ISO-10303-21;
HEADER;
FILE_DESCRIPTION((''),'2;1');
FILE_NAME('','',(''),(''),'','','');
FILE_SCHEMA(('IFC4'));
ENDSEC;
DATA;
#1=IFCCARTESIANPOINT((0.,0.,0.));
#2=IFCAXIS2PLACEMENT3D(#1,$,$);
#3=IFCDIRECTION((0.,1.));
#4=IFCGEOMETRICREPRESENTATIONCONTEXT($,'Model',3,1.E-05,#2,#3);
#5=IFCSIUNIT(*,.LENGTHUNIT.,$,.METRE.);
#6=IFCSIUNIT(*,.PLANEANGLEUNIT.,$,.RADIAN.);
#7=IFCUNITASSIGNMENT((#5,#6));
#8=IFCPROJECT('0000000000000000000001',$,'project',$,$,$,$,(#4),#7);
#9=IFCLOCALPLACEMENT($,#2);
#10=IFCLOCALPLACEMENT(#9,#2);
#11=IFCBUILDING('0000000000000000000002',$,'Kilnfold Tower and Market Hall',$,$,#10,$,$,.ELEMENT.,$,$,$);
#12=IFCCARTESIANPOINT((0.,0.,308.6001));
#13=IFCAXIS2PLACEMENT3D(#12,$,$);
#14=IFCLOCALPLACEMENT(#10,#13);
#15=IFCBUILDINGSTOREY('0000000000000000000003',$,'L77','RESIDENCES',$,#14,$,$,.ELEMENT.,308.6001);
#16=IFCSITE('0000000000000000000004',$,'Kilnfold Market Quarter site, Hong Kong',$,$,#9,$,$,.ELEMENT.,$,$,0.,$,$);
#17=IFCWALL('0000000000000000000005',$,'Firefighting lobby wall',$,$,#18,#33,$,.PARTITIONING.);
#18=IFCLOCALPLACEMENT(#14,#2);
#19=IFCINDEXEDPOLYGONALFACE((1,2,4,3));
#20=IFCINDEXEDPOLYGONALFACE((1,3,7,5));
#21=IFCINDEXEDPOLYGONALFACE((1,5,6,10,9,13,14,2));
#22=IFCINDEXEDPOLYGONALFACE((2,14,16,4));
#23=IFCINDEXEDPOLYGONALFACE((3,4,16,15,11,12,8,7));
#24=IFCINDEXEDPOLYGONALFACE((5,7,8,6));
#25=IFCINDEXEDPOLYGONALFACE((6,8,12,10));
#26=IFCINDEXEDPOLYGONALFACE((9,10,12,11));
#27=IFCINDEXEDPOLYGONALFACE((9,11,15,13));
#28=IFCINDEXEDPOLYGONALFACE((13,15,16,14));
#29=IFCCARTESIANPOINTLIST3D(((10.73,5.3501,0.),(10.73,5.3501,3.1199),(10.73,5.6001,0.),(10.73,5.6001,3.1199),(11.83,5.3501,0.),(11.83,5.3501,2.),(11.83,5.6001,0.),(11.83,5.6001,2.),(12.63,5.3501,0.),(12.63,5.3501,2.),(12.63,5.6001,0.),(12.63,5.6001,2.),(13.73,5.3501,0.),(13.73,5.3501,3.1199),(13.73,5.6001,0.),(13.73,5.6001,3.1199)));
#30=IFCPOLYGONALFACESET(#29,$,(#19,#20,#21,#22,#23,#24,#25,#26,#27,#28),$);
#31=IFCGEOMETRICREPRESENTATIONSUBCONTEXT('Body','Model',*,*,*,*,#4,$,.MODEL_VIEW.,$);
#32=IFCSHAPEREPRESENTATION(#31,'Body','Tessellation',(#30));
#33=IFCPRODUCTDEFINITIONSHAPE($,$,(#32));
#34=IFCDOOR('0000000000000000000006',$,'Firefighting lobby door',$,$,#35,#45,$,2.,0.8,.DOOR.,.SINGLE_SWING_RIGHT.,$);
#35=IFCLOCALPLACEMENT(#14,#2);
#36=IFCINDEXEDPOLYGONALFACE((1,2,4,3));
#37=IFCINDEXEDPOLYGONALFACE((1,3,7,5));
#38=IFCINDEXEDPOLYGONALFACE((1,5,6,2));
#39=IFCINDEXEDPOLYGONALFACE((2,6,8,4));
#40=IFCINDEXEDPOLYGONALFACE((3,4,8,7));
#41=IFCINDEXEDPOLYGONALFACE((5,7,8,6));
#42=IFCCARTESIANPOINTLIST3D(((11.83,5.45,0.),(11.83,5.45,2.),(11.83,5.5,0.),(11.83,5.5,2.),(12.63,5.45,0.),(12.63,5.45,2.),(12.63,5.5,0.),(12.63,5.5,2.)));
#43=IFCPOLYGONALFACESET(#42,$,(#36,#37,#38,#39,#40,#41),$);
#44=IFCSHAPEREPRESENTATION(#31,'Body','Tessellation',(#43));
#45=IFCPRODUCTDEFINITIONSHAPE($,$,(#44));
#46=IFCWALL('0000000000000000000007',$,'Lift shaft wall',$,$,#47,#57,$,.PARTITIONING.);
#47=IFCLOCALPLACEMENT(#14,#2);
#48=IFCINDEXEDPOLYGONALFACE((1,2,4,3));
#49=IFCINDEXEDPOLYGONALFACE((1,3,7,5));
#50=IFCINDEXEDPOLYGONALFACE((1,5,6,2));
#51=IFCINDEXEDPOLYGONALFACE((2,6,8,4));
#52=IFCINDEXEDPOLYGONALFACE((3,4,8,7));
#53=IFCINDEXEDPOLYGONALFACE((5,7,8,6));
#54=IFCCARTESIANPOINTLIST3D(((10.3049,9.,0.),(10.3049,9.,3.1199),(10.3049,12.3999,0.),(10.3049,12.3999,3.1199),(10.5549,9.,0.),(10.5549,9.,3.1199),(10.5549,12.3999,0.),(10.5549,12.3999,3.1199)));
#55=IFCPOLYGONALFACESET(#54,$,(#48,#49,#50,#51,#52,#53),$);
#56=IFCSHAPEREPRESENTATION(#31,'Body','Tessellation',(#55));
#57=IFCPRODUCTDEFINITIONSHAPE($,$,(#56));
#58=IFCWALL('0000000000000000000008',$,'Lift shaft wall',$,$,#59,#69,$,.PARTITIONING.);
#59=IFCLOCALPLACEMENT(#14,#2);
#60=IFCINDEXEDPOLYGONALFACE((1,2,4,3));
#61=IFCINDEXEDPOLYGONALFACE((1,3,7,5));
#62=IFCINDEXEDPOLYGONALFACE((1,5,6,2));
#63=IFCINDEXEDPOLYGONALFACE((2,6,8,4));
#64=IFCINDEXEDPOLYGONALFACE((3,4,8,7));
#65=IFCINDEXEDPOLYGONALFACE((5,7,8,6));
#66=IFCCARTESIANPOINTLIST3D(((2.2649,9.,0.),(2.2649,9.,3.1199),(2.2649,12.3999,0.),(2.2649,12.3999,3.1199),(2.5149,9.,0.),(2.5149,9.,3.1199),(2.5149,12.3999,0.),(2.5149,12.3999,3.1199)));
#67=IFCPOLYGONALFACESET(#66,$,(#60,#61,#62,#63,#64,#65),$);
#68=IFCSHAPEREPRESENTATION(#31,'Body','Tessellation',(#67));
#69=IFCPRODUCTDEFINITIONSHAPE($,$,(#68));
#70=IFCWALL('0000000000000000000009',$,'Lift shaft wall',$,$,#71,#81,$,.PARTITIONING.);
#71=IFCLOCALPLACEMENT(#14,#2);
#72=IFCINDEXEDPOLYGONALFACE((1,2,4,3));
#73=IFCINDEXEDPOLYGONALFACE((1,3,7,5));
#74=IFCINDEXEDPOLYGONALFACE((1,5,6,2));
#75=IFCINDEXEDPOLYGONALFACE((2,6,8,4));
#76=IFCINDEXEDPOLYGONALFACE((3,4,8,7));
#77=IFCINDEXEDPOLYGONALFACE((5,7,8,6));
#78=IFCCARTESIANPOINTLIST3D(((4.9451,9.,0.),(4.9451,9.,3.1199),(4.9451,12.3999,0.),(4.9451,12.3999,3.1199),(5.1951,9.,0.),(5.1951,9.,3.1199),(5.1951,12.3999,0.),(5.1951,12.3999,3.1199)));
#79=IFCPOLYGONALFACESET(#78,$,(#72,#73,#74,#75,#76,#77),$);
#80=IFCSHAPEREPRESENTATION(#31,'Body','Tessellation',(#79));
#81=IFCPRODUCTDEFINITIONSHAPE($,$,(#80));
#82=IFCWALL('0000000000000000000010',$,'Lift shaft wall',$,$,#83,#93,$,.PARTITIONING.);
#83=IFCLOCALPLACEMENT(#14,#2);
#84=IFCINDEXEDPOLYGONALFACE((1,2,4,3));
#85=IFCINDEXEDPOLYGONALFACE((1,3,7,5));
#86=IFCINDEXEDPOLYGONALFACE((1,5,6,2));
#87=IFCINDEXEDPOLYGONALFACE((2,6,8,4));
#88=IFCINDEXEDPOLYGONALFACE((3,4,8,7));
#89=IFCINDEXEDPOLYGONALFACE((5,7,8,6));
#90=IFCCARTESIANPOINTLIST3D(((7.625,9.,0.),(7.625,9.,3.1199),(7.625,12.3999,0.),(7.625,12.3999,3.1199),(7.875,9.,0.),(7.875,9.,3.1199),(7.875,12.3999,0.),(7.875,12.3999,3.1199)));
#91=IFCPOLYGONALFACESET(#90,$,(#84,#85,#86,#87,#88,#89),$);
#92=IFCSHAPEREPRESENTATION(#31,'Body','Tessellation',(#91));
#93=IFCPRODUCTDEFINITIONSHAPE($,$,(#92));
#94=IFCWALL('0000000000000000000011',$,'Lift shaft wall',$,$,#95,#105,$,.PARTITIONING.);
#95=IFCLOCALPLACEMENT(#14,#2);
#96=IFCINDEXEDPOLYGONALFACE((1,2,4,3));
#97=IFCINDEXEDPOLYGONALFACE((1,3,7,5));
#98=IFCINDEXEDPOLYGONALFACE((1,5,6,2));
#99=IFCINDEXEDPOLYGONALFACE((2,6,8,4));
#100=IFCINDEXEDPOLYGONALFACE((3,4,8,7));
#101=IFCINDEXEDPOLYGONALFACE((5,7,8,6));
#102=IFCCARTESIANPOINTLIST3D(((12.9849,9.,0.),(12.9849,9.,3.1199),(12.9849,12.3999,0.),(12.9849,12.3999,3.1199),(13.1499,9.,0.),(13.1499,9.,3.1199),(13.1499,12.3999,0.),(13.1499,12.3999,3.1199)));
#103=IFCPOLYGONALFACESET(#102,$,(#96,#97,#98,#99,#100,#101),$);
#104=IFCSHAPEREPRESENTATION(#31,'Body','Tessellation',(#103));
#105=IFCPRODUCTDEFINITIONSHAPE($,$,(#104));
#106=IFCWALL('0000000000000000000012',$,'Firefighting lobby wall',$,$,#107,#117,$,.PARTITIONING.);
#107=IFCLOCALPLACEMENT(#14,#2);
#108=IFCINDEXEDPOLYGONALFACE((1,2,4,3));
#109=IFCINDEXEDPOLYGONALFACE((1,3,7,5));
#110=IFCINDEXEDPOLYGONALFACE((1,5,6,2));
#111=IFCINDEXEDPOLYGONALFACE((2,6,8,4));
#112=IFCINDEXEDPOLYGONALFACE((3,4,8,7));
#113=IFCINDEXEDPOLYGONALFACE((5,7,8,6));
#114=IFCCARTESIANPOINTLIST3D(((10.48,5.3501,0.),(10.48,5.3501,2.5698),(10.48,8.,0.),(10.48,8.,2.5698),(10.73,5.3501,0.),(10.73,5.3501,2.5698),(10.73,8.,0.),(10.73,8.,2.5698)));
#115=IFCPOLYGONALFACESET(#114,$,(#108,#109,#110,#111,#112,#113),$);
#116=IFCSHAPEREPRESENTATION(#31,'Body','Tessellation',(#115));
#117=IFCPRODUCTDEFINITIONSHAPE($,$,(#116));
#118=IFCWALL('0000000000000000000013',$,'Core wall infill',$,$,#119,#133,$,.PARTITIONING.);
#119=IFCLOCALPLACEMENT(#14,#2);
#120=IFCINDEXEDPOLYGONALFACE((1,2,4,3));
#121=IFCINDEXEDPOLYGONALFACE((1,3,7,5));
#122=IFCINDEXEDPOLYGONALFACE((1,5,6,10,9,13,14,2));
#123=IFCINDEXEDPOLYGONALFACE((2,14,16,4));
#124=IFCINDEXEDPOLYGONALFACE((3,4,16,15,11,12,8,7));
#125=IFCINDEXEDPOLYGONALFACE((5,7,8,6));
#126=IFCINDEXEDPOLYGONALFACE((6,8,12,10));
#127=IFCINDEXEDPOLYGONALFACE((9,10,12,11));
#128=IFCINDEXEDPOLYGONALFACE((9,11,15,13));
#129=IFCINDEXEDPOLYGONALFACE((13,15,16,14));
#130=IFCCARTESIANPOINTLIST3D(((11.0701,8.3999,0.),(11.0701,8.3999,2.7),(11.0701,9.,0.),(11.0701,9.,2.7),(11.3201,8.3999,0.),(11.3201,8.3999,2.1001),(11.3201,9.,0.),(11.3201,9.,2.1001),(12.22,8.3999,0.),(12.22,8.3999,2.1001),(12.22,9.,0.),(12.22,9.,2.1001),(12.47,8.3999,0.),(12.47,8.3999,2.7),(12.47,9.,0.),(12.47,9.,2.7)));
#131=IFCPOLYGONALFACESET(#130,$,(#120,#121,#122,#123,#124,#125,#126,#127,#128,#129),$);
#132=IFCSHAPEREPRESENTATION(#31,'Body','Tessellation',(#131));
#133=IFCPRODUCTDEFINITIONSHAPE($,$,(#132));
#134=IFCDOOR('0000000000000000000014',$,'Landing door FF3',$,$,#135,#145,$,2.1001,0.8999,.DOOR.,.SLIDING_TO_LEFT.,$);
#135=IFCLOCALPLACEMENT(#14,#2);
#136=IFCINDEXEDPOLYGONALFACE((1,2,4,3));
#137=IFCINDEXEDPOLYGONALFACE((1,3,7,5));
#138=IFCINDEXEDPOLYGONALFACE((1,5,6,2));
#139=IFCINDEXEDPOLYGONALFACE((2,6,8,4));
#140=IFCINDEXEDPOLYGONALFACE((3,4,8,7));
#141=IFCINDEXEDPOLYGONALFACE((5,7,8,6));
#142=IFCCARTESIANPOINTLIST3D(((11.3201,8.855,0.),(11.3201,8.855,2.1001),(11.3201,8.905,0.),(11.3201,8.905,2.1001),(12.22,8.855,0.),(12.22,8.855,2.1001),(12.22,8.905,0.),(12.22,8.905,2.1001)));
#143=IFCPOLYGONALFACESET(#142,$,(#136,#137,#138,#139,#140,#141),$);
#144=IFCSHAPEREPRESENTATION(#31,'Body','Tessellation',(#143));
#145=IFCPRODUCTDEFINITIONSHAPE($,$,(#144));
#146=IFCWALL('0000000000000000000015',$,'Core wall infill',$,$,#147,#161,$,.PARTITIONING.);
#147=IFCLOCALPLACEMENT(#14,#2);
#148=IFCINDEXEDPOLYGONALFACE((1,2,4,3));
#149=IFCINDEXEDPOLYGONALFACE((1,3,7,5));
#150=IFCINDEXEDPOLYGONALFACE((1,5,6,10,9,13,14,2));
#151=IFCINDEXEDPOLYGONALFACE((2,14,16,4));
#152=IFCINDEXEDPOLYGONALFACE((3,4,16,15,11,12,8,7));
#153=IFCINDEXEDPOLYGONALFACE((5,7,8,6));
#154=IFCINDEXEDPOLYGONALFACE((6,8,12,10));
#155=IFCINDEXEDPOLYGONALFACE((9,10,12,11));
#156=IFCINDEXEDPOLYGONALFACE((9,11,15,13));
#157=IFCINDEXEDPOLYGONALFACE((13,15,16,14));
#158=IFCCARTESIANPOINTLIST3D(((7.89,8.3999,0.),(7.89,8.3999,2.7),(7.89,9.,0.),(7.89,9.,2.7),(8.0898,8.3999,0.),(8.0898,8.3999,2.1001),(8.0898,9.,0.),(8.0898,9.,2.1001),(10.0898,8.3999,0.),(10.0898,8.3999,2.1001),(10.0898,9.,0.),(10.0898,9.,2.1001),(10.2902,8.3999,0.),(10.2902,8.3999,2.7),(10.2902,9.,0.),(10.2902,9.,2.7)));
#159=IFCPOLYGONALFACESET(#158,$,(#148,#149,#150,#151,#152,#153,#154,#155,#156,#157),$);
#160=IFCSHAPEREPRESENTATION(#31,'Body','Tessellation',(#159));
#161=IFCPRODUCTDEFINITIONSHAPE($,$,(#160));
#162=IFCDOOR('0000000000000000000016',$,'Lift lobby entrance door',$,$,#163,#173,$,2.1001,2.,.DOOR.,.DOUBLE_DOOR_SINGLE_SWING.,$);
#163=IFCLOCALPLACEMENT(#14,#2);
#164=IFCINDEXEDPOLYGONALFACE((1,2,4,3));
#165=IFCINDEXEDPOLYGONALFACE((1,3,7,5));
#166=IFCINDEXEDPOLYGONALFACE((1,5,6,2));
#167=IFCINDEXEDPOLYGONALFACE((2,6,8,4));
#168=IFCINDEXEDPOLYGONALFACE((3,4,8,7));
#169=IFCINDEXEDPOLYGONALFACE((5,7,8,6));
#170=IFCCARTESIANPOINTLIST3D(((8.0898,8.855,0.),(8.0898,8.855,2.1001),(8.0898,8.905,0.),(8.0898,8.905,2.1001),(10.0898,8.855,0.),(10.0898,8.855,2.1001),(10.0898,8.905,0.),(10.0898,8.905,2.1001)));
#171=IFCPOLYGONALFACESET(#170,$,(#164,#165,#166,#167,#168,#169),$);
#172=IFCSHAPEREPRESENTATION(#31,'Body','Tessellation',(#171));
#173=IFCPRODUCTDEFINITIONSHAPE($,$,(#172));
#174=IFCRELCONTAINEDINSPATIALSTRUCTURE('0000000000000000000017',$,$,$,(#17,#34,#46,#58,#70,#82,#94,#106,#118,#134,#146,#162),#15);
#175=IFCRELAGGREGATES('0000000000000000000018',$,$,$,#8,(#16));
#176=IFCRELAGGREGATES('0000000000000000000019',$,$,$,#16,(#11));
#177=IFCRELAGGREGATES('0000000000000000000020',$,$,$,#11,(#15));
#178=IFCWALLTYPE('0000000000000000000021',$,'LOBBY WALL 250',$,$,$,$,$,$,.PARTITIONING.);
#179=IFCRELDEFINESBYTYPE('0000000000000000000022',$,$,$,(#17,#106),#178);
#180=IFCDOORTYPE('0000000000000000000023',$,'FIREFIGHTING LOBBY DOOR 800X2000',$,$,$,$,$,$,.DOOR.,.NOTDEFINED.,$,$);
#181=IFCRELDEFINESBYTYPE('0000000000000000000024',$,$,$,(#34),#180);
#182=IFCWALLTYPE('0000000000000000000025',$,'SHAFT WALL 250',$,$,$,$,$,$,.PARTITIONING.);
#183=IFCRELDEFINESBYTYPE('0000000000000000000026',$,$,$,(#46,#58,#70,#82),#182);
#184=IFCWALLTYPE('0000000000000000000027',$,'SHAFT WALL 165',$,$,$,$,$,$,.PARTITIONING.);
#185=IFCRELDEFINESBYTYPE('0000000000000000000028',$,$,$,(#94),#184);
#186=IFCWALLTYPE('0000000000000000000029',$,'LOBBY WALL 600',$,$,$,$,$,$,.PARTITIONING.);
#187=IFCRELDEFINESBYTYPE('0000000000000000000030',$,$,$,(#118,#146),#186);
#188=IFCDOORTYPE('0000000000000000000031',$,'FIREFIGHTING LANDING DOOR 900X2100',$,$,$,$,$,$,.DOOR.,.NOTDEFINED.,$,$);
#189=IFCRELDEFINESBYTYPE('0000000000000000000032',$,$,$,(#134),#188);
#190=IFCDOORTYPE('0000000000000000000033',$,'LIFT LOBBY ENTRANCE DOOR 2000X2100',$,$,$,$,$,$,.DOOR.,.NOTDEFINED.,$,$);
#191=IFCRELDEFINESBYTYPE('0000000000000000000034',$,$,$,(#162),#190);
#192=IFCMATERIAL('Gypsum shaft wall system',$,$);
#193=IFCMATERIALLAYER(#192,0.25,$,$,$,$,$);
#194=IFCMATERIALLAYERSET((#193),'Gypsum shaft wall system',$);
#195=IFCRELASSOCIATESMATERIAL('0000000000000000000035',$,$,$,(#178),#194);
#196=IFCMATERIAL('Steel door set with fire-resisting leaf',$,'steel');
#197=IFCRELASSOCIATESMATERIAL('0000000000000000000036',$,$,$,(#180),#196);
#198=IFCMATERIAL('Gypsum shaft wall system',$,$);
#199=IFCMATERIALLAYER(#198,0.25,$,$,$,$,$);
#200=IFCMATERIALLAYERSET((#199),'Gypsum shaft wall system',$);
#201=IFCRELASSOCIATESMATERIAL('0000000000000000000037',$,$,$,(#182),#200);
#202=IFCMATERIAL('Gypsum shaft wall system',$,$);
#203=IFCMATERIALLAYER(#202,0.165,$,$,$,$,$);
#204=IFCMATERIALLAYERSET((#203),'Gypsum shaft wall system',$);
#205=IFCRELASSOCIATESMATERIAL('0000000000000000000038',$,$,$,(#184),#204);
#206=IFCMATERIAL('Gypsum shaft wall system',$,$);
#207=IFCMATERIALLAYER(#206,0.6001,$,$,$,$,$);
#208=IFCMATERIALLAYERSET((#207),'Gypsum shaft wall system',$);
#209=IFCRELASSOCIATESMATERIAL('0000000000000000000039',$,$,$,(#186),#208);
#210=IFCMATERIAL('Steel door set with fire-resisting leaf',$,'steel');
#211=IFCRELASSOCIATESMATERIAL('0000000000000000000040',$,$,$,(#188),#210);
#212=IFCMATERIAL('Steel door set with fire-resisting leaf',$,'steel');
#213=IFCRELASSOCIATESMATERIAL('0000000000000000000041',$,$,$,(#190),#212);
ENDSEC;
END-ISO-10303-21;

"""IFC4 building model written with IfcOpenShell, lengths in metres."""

from ifc_helpers import new_model, si_unit, direction, frame, frame_2d, origin, place, context, subcontext, project, spatial, rectangle, extrude, source, transform, mapped, material, layer, layer_set, type_object, element, fill, save


model = new_model("IFC4")

# Units and contexts
model_context = context("Model", 3, precision=1e-05, world=origin(), true_north=direction((0.0, 1.0)))
body_context = subcontext(model_context, "Body", "Model", "MODEL_VIEW")
ifc_project = project(units=[si_unit("LENGTHUNIT", "METRE"), si_unit("PLANEANGLEUNIT", "RADIAN")], contexts=[model_context])

# Site, building, storey
site_placement = place(None, origin())
site = spatial("IfcSite", under=ifc_project, at=site_placement, Name="Kilnfold Market Quarter site, Hong Kong", CompositionType="ELEMENT", RefElevation=0.0)
building_placement = place(site_placement, origin())
building = spatial("IfcBuilding", under=site, at=building_placement, Name="Kilnfold Tower and Market Hall", CompositionType="ELEMENT")
storey_placement = place(building_placement, frame((0.0, 0.0, 308.6001)))
storey = spatial("IfcBuildingStorey", under=building, at=storey_placement, Name="L77", Description="RESIDENCES", CompositionType="ELEMENT", Elevation=308.6001)

# Wall, opening, door
ifc_material_1 = material(Name="Gypsum shaft wall system")
ifc_layer_1 = layer(ifc_material_1, 0.25)
ifc_layer_set_1 = layer_set([ifc_layer_1], Name="Gypsum shaft wall system")
wall_type_1 = type_object("IfcWallType", Name="LOBBY WALL 250", PredefinedType="PARTITIONING", material=ifc_layer_set_1)
shared_shape_1 = source(origin(), body_context, "Body", "SweptSolid", [
    extrude(rectangle(XDim=3.0, YDim=0.25, at=frame_2d((1.5, 0.0))), origin(), (0.0, 0.0, 1.0), 3.1199),
])
wall_1_placement = place(storey_placement, frame((10.73, 5.4751, 0.0), z_axis=(0.0, 0.0, 1.0), x_axis=(1.0, 0.0, 0.0)))
wall_1 = element("IfcWall", 1, at=wall_1_placement, inside=storey, type_object=wall_type_1, Name="Firefighting lobby wall", PredefinedType="PARTITIONING", context=body_context, shape_type="MappedRepresentation", body=[
    mapped(shared_shape_1, transform((0.0, 0.0, 0.0))),
])
opening_1_placement = place(wall_1_placement, frame((1.1001, 0.0, 0.0)))
opening_1 = element("IfcOpeningElement", 2, at=opening_1_placement, cuts=wall_1, PredefinedType="OPENING", context=body_context, shape_type="SweptSolid", body=[
    extrude(rectangle(XDim=0.8, YDim=2.0, at=frame_2d((0.3999, 1.0))), frame((0.0, 0.135, 0.0), z_axis=(0.0, -1.0, 0.0), x_axis=(1.0, 0.0, 0.0)), (0.0, 0.0, 1.0), 0.27),
])
ifc_material_2 = material(Name="Steel door set with fire-resisting leaf", Category="steel")
door_type_1 = type_object("IfcDoorType", Name="FIREFIGHTING LOBBY DOOR 800X2000", OperationType="NOTDEFINED", PredefinedType="DOOR", material=ifc_material_2)
door_1_placement = place(opening_1_placement, origin())
door_1 = element("IfcDoor", 3, at=door_1_placement, inside=storey, type_object=door_type_1, Name="Firefighting lobby door", OperationType="SINGLE_SWING_RIGHT", OverallHeight=2.0, OverallWidth=0.8, PredefinedType="DOOR", context=body_context, shape_type="SweptSolid", body=[
    extrude(rectangle(XDim=0.8, YDim=2.0, at=frame_2d((0.3999, 1.0))), frame((0.0, 0.0249, 0.0), z_axis=(0.0, -1.0, 0.0), x_axis=(1.0, 0.0, 0.0)), (0.0, 0.0, 1.0), 0.05),
])
fill(opening_1, door_1)

# Walls
ifc_material_3 = material(Name="Gypsum shaft wall system")
ifc_layer_2 = layer(ifc_material_3, 0.25)
ifc_layer_set_2 = layer_set([ifc_layer_2], Name="Gypsum shaft wall system")
wall_type_2 = type_object("IfcWallType", Name="SHAFT WALL 250", PredefinedType="PARTITIONING", material=ifc_layer_set_2)
shared_shape_2 = source(origin(), body_context, "Body", "SweptSolid", [
    extrude(rectangle(XDim=3.3999, YDim=0.25, at=frame_2d((1.7, 0.0))), origin(), (0.0, 0.0, 1.0), 3.1199),
])
for number, where, z_axis, x_axis, name in (
    (4, (10.4299, 9.0, 0.0), (0.0, 0.0, 1.0), (0.0, 1.0, 0.0), "Lift shaft wall"),
    (5, (2.3899, 9.0, 0.0), (0.0, 0.0, 1.0), (0.0, 1.0, 0.0), "Lift shaft wall"),
    (6, (5.0701, 9.0, 0.0), (0.0, 0.0, 1.0), (0.0, 1.0, 0.0), "Lift shaft wall"),
    (7, (7.75, 9.0, 0.0), (0.0, 0.0, 1.0), (0.0, 1.0, 0.0), "Lift shaft wall"),
):
    element("IfcWall", number, at=place(storey_placement, frame(where, z_axis=z_axis, x_axis=x_axis)), inside=storey, type_object=wall_type_2, Name=name, PredefinedType="PARTITIONING", context=body_context, shape_type="MappedRepresentation", body=[
        mapped(shared_shape_2, transform((0.0, 0.0, 0.0))),
    ])
ifc_material_4 = material(Name="Gypsum shaft wall system")
ifc_layer_3 = layer(ifc_material_4, 0.165)
ifc_layer_set_3 = layer_set([ifc_layer_3], Name="Gypsum shaft wall system")
wall_type_3 = type_object("IfcWallType", Name="SHAFT WALL 165", PredefinedType="PARTITIONING", material=ifc_layer_set_3)
shared_shape_3 = source(origin(), body_context, "Body", "SweptSolid", [
    extrude(rectangle(XDim=3.3999, YDim=0.165, at=frame_2d((1.7, 0.0))), origin(), (0.0, 0.0, 1.0), 3.1199),
])
wall_2_placement = place(storey_placement, frame((13.0674, 9.0, 0.0), z_axis=(0.0, 0.0, 1.0), x_axis=(0.0, 1.0, 0.0)))
element("IfcWall", 8, at=wall_2_placement, inside=storey, type_object=wall_type_3, Name="Lift shaft wall", PredefinedType="PARTITIONING", context=body_context, shape_type="MappedRepresentation", body=[
    mapped(shared_shape_3, transform((0.0, 0.0, 0.0))),
])
shared_shape_4 = source(origin(), body_context, "Body", "SweptSolid", [
    extrude(rectangle(XDim=2.6499, YDim=0.25, at=frame_2d((1.325, 0.0))), origin(), (0.0, 0.0, 1.0), 2.5698),
])
wall_3_placement = place(storey_placement, frame((10.605, 5.3501, 0.0), z_axis=(0.0, 0.0, 1.0), x_axis=(0.0, 1.0, 0.0)))
element("IfcWall", 9, at=wall_3_placement, inside=storey, type_object=wall_type_1, Name="Firefighting lobby wall", PredefinedType="PARTITIONING", context=body_context, shape_type="MappedRepresentation", body=[
    mapped(shared_shape_4, transform((0.0, 0.0, 0.0))),
])

# Walls, openings, doors
ifc_material_5 = material(Name="Gypsum shaft wall system")
ifc_layer_4 = layer(ifc_material_5, 0.6001)
ifc_layer_set_4 = layer_set([ifc_layer_4], Name="Gypsum shaft wall system")
wall_type_4 = type_object("IfcWallType", Name="LOBBY WALL 600", PredefinedType="PARTITIONING", material=ifc_layer_set_4)
shared_shape_5 = source(origin(), body_context, "Body", "SweptSolid", [
    extrude(rectangle(XDim=1.3999, YDim=0.6001, at=frame_2d((0.7, 0.0))), origin(), (0.0, 0.0, 1.0), 2.7),
])
wall_4_placement = place(storey_placement, frame((11.0701, 8.7, 0.0), z_axis=(0.0, 0.0, 1.0), x_axis=(1.0, 0.0, 0.0)))
wall_4 = element("IfcWall", 10, at=wall_4_placement, inside=storey, type_object=wall_type_4, Name="Core wall infill", PredefinedType="PARTITIONING", context=body_context, shape_type="MappedRepresentation", body=[
    mapped(shared_shape_5, transform((0.0, 0.0, 0.0))),
])
opening_2_placement = place(wall_4_placement, frame((0.25, 0.0, 0.0)))
opening_2 = element("IfcOpeningElement", 11, at=opening_2_placement, cuts=wall_4, PredefinedType="OPENING", context=body_context, shape_type="SweptSolid", body=[
    extrude(rectangle(XDim=0.8999, YDim=2.1001, at=frame_2d((0.45, 1.05))), frame((0.0, 0.3101, 0.0), z_axis=(0.0, -1.0, 0.0), x_axis=(1.0, 0.0, 0.0)), (0.0, 0.0, 1.0), 0.6201),
])
ifc_material_6 = material(Name="Steel door set with fire-resisting leaf", Category="steel")
door_type_2 = type_object("IfcDoorType", Name="FIREFIGHTING LANDING DOOR 900X2100", OperationType="NOTDEFINED", PredefinedType="DOOR", material=ifc_material_6)
door_2_placement = place(opening_2_placement, origin())
door_2 = element("IfcDoor", 12, at=door_2_placement, inside=storey, type_object=door_type_2, Name="Landing door FF3", OperationType="SLIDING_TO_LEFT", OverallHeight=2.1001, OverallWidth=0.8999, PredefinedType="DOOR", context=body_context, shape_type="SweptSolid", body=[
    extrude(rectangle(XDim=0.8999, YDim=2.1001, at=frame_2d((0.45, 1.05))), frame((0.0, 0.2051, 0.0), z_axis=(0.0, -1.0, 0.0), x_axis=(1.0, 0.0, 0.0)), (0.0, 0.0, 1.0), 0.05),
])
fill(opening_2, door_2)
shared_shape_6 = source(origin(), body_context, "Body", "SweptSolid", [
    extrude(rectangle(XDim=2.4001, YDim=0.6001, at=frame_2d((1.2002, 0.0))), origin(), (0.0, 0.0, 1.0), 2.7),
])
wall_5_placement = place(storey_placement, frame((7.8899, 8.7, 0.0), z_axis=(0.0, 0.0, 1.0), x_axis=(1.0, 0.0, 0.0)))
wall_5 = element("IfcWall", 13, at=wall_5_placement, inside=storey, type_object=wall_type_4, Name="Core wall infill", PredefinedType="PARTITIONING", context=body_context, shape_type="MappedRepresentation", body=[
    mapped(shared_shape_6, transform((0.0, 0.0, 0.0))),
])
opening_3_placement = place(wall_5_placement, frame((0.2, 0.0, 0.0)))
opening_3 = element("IfcOpeningElement", 14, at=opening_3_placement, cuts=wall_5, PredefinedType="OPENING", context=body_context, shape_type="SweptSolid", body=[
    extrude(rectangle(XDim=2.0, YDim=2.1001, at=frame_2d((1.0, 1.05))), frame((0.0, 0.3101, 0.0), z_axis=(0.0, -1.0, 0.0), x_axis=(1.0, 0.0, 0.0)), (0.0, 0.0, 1.0), 0.6201),
])
ifc_material_7 = material(Name="Steel door set with fire-resisting leaf", Category="steel")
door_type_3 = type_object("IfcDoorType", Name="LIFT LOBBY ENTRANCE DOOR 2000X2100", OperationType="NOTDEFINED", PredefinedType="DOOR", material=ifc_material_7)
door_3_placement = place(opening_3_placement, origin())
door_3 = element("IfcDoor", 15, at=door_3_placement, inside=storey, type_object=door_type_3, Name="Lift lobby entrance door", OperationType="DOUBLE_DOOR_SINGLE_SWING", OverallHeight=2.1001, OverallWidth=2.0, PredefinedType="DOOR", context=body_context, shape_type="SweptSolid", body=[
    extrude(rectangle(XDim=2.0, YDim=2.1001, at=frame_2d((1.0, 1.05))), frame((0.0, 0.2051, 0.0), z_axis=(0.0, -1.0, 0.0), x_axis=(1.0, 0.0, 0.0)), (0.0, 0.0, 1.0), 0.05),
])
fill(opening_3, door_3)

save(model, "model.ifc")
